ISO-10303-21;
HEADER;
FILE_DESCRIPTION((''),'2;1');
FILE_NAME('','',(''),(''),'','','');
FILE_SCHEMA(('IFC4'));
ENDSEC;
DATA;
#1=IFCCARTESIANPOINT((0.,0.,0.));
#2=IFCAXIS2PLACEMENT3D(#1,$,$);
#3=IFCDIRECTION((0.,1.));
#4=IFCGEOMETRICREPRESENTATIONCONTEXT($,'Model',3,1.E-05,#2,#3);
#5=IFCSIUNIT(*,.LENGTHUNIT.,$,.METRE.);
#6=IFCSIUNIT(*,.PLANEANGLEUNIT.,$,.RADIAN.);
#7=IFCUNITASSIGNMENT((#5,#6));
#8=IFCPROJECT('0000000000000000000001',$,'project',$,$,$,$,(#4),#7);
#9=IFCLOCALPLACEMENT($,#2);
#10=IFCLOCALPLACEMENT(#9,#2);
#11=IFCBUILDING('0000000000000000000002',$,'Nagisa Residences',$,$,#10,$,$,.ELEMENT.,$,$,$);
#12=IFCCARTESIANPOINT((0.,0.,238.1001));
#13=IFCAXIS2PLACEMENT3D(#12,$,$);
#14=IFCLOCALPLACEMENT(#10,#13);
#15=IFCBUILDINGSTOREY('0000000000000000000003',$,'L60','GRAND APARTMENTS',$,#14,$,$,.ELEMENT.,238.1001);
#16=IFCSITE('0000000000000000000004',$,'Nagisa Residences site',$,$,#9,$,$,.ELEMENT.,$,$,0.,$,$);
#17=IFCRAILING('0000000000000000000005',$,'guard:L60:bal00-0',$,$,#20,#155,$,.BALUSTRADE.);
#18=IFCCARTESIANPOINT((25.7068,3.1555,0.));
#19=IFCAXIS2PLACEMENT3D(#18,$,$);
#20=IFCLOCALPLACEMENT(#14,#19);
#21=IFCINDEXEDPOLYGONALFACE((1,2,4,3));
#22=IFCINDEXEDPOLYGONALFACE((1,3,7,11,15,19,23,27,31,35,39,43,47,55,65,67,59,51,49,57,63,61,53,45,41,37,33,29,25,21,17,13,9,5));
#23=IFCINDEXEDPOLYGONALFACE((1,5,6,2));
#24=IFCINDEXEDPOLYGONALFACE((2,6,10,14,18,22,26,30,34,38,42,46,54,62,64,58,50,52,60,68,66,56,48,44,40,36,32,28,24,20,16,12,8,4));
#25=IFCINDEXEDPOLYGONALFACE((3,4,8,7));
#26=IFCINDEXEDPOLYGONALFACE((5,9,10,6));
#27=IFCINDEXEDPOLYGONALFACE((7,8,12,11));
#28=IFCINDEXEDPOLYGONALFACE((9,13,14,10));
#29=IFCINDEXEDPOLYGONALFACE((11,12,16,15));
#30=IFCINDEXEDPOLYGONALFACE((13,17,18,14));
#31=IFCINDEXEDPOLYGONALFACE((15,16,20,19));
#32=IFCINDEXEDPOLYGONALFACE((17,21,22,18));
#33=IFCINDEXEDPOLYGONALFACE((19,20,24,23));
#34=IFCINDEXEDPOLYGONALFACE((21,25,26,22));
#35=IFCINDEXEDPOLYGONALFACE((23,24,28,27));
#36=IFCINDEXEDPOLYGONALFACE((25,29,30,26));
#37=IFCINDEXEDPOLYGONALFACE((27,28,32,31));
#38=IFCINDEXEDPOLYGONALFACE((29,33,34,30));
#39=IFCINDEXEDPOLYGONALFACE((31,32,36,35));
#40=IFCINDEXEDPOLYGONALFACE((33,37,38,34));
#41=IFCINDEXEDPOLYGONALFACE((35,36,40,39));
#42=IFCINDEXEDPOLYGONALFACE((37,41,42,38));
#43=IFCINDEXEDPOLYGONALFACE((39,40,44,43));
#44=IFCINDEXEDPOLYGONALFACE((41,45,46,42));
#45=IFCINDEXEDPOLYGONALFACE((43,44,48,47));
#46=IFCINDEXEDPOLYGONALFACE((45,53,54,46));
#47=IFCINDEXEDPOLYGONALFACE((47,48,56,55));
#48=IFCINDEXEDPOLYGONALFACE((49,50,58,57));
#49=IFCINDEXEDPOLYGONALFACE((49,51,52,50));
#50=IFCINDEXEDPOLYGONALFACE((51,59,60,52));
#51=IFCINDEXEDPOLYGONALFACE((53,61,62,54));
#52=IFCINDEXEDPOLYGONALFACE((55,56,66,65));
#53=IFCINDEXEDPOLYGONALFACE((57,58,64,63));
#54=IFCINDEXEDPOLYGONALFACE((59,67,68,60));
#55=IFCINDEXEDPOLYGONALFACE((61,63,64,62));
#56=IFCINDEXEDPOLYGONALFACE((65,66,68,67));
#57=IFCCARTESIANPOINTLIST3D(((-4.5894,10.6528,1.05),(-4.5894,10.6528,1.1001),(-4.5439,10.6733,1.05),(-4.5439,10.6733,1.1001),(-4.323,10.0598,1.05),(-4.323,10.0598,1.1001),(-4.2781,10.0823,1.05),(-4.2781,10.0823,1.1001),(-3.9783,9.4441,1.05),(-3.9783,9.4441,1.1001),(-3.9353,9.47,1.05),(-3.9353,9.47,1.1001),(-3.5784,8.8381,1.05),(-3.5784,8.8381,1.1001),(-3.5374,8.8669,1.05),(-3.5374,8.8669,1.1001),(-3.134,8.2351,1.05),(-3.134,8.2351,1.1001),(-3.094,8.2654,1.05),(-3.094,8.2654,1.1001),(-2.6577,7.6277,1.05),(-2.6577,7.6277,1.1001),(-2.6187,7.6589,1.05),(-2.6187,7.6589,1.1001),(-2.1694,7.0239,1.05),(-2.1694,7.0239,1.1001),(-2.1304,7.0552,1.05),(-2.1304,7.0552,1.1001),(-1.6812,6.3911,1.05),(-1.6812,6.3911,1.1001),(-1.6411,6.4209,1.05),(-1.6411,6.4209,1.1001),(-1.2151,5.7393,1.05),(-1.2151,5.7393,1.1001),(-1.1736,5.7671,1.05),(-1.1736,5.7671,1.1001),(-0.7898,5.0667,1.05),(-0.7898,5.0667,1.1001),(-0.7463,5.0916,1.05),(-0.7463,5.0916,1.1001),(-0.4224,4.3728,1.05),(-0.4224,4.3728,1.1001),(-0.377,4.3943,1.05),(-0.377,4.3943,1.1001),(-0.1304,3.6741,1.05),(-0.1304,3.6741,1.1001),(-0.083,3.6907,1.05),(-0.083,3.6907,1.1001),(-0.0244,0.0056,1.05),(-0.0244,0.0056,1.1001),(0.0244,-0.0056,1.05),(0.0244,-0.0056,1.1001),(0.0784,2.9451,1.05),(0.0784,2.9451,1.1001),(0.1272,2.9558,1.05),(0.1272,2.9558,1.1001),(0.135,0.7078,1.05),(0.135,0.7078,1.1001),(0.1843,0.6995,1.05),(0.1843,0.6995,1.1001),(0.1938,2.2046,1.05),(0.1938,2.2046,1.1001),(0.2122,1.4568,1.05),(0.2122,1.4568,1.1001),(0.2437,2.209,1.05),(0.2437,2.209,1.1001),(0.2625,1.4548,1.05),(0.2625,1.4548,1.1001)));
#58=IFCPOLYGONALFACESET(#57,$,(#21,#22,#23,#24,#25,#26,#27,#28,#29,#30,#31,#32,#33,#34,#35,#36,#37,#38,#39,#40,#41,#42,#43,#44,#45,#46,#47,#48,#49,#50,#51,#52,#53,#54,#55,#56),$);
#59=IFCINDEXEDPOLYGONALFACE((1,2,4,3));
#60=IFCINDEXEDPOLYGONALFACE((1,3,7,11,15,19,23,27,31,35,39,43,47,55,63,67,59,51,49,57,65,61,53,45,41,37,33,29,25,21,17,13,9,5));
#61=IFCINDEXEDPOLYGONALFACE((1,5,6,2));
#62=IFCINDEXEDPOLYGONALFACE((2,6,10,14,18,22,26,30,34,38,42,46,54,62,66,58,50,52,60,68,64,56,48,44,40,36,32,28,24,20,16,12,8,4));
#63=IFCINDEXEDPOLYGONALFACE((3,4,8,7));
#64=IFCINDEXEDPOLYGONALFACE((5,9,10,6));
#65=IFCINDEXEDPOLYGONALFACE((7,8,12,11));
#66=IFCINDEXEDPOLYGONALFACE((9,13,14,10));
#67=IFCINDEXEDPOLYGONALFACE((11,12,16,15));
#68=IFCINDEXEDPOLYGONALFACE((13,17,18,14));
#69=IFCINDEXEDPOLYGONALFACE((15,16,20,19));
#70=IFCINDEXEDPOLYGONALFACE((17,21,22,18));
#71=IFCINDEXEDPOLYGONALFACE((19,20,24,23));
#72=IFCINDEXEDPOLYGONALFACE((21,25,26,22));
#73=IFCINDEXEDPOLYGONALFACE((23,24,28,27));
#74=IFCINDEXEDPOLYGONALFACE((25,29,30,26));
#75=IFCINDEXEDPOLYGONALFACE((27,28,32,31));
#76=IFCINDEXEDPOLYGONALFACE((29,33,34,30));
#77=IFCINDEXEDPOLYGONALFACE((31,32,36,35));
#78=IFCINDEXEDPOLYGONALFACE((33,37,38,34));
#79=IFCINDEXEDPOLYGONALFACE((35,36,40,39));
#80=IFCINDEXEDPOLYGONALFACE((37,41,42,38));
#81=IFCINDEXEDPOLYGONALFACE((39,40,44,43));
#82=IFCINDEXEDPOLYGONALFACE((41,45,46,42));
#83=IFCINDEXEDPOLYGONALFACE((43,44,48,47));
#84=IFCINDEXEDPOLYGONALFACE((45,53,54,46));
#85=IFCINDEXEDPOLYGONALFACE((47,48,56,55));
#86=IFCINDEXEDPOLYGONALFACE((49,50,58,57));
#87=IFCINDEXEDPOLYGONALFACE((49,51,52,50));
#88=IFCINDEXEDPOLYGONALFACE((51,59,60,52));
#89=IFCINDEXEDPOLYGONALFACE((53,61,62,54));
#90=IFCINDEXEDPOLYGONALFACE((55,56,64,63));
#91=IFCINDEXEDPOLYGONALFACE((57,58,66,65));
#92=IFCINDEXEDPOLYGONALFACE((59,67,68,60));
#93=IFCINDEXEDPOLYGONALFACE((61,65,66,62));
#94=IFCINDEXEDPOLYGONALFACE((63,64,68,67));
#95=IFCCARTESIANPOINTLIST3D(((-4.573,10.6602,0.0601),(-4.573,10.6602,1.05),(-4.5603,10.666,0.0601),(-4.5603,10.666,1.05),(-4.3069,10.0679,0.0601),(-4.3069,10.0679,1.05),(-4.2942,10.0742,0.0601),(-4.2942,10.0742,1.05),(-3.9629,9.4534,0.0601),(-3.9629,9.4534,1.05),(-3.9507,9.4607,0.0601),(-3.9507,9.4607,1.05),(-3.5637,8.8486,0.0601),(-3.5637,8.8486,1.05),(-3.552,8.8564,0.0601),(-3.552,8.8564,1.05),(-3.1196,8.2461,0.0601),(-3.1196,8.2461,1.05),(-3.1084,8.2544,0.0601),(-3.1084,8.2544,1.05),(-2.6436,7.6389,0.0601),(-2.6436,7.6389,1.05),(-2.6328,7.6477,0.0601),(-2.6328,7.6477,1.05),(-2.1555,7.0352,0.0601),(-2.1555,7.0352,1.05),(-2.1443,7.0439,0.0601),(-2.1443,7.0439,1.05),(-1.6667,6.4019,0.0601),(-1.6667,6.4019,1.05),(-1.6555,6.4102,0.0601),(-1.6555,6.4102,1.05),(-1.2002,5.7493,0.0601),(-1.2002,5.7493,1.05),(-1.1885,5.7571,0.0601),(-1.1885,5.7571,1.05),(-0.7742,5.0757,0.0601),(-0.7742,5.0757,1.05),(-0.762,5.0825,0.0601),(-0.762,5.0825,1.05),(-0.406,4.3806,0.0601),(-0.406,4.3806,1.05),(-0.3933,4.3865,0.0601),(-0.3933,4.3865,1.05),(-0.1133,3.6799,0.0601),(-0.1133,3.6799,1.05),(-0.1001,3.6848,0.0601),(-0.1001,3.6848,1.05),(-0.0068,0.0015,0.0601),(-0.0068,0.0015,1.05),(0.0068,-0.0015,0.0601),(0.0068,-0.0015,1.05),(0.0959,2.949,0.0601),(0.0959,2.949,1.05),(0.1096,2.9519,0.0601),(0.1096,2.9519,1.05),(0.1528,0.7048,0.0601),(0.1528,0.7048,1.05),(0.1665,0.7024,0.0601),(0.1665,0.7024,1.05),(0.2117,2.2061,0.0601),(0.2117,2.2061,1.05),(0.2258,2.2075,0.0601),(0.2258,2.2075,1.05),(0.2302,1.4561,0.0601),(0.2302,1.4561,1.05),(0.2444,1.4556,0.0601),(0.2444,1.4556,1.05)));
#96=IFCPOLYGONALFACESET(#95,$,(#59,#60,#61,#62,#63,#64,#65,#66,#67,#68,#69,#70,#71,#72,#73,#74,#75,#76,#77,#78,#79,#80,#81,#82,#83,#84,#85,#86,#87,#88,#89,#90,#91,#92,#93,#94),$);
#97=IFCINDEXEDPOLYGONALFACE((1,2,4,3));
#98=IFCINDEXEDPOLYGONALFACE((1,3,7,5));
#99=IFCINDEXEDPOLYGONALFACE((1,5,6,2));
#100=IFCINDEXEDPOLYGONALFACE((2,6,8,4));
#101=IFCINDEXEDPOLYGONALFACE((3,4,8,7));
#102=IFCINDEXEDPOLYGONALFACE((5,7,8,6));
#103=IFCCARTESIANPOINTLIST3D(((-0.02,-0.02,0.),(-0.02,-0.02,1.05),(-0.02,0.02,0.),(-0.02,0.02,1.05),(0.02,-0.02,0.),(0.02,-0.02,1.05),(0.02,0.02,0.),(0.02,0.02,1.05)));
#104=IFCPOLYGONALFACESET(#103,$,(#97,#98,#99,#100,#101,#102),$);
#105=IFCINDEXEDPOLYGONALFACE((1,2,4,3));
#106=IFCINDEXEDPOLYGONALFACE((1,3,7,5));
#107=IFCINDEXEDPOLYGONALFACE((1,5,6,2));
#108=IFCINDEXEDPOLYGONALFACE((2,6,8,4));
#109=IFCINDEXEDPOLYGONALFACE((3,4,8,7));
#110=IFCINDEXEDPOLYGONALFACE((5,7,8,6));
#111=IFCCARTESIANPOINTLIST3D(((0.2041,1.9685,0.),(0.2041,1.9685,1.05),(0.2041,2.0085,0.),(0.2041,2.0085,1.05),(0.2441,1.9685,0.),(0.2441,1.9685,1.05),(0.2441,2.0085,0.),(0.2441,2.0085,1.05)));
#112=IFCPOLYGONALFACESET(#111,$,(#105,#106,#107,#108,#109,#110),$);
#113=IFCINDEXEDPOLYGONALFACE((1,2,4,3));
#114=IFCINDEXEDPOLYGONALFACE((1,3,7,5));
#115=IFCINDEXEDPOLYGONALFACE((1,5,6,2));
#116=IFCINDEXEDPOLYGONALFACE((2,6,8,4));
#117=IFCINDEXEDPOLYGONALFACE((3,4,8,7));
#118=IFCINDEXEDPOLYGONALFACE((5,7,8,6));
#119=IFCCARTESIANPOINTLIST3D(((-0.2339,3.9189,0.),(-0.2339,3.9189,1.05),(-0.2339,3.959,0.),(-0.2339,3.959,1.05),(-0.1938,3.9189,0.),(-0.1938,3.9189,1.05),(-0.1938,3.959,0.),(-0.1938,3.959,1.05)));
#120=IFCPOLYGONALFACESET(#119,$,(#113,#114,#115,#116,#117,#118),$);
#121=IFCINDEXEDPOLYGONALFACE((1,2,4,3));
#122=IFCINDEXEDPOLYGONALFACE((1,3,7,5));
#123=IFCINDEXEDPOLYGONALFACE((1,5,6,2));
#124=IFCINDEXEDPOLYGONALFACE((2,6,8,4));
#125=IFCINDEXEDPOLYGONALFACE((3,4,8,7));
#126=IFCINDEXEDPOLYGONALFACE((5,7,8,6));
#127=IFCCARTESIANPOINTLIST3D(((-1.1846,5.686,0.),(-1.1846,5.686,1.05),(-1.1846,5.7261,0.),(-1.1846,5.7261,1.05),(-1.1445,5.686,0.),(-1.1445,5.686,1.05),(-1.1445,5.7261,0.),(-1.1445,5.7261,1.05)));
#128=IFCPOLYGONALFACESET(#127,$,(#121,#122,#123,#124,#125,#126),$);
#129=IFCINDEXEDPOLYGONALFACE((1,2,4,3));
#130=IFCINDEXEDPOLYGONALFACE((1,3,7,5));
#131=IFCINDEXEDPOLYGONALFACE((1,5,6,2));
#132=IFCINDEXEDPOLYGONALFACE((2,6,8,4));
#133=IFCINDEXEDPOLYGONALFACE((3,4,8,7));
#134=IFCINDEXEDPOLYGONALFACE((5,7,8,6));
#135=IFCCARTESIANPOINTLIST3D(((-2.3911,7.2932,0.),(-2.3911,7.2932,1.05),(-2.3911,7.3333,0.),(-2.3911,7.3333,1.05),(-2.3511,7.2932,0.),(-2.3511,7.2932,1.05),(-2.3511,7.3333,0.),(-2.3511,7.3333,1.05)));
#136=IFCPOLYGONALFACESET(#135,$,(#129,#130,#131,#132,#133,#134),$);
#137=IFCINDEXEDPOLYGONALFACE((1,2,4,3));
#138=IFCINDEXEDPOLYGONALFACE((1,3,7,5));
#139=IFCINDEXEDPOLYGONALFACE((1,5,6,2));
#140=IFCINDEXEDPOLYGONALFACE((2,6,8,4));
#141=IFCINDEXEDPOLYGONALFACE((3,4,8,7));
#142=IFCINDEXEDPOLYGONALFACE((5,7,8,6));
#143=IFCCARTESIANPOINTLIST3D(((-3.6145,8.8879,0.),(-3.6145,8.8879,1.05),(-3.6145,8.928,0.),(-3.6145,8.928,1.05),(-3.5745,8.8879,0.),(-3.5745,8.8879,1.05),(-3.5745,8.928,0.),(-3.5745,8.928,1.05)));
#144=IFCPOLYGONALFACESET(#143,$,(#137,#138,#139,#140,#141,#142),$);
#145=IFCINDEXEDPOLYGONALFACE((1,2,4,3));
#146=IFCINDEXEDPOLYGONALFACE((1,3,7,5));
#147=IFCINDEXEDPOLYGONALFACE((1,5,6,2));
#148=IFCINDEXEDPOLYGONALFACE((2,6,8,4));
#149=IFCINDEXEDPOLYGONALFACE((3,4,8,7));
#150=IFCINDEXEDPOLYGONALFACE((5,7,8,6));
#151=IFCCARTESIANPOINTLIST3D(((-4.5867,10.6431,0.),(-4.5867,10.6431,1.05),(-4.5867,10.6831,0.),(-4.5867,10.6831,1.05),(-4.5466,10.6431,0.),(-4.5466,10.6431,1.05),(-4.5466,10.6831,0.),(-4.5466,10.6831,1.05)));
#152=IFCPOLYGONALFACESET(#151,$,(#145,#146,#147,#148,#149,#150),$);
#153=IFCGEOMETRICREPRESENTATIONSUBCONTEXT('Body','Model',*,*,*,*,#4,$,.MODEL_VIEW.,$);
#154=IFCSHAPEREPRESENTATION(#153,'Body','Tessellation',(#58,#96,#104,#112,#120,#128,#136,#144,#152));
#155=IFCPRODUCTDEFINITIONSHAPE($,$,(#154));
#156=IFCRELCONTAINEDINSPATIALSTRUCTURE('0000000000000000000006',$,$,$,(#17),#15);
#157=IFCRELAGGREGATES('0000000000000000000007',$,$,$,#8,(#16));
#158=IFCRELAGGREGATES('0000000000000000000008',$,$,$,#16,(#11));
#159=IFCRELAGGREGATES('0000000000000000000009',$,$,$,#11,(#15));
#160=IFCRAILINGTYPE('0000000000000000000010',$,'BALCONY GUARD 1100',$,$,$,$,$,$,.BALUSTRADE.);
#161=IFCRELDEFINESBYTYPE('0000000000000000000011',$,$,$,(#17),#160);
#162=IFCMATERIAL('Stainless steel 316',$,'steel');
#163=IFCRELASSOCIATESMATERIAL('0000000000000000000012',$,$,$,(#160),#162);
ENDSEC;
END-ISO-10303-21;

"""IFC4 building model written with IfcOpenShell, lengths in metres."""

from ifc_helpers import new_model, si_unit, direction, frame, origin, origin_2d, place, context, subcontext, project, spatial, polyline, rectangle, outline, extrude, material, type_object, element, save


model = new_model("IFC4")

# Units and contexts
model_context = context("Model", 3, precision=1e-05, world=origin(), true_north=direction((0.0, 1.0)))
body_context = subcontext(model_context, "Body", "Model", "MODEL_VIEW")
ifc_project = project(units=[si_unit("LENGTHUNIT", "METRE"), si_unit("PLANEANGLEUNIT", "RADIAN")], contexts=[model_context])

# Site, building, storey
site_placement = place(None, origin())
site = spatial("IfcSite", under=ifc_project, at=site_placement, Name="Nagisa Residences site", CompositionType="ELEMENT", RefElevation=0.0)
building_placement = place(site_placement, origin())
building = spatial("IfcBuilding", under=site, at=building_placement, Name="Nagisa Residences", CompositionType="ELEMENT")
storey_placement = place(building_placement, frame((0.0, 0.0, 238.1001)))
storey = spatial("IfcBuildingStorey", under=building, at=storey_placement, Name="L60", Description="GRAND APARTMENTS", CompositionType="ELEMENT", Elevation=238.1001)

# Railing
ifc_material_1 = material(Name="Stainless steel 316", Category="steel")
railing_type = type_object("IfcRailingType", Name="BALCONY GUARD 1100", PredefinedType="BALUSTRADE", material=ifc_material_1)
railing_placement = place(storey_placement, frame((25.7068, 3.1555, 0.0)))
element("IfcRailing", 1, at=railing_placement, inside=storey, type_object=railing_type, Name="guard:L60:bal00-0", PredefinedType="BALUSTRADE", context=body_context, shape_type="SweptSolid", body=[
    extrude(outline(polyline([(0.135, 0.7078), (-0.0244, 0.0056), (0.0244, -0.0056), (0.1843, 0.6995), (0.2625, 1.4548), (0.2437, 2.209), (0.1272, 2.9558), (-0.083, 3.6907), (-0.377, 4.3943), (-0.7463, 5.0916), (-1.1736, 5.7671), (-1.6411, 6.4209), (-2.1304, 7.0552), (-2.6187, 7.6589), (-3.094, 8.2654), (-3.5374, 8.8669), (-3.9353, 9.47), (-4.2781, 10.0823), (-4.5439, 10.6733), (-4.5894, 10.6528), (-4.323, 10.0598), (-3.9783, 9.4441), (-3.5784, 8.8381), (-3.134, 8.2351), (-2.6577, 7.6277), (-2.1694, 7.0239), (-1.6812, 6.3911), (-1.2151, 5.7393), (-0.7898, 5.0667), (-0.4224, 4.3728), (-0.1304, 3.6741), (0.0784, 2.9451), (0.1938, 2.2046), (0.2122, 1.4568), (0.135, 0.7078)])), frame((0.0, 0.0, 1.05)), (0.0, 0.0, 1.0), 0.05),
    extrude(outline(polyline([(0.1528, 0.7048), (-0.0068, 0.0015), (0.0068, -0.0015), (0.1665, 0.7024), (0.2444, 1.4556), (0.2258, 2.2075), (0.1096, 2.9519), (-0.1001, 3.6848), (-0.3933, 4.3865), (-0.762, 5.0825), (-1.1885, 5.7571), (-1.6555, 6.4102), (-2.1443, 7.0439), (-2.6328, 7.6477), (-3.1084, 8.2544), (-3.552, 8.8564), (-3.9507, 9.4607), (-4.2942, 10.0742), (-4.5603, 10.666), (-4.573, 10.6602), (-4.3069, 10.0679), (-3.9629, 9.4534), (-3.5637, 8.8486), (-3.1196, 8.2461), (-2.6436, 7.6389), (-2.1555, 7.0352), (-1.6667, 6.4019), (-1.2002, 5.7493), (-0.7742, 5.0757), (-0.406, 4.3806), (-0.1133, 3.6799), (0.0959, 2.949), (0.2117, 2.2061), (0.2302, 1.4561), (0.1528, 0.7048)])), frame((0.0, 0.0, 0.0601)), (0.0, 0.0, 1.0), 0.99),
    extrude(rectangle(XDim=0.04, YDim=0.04, at=origin_2d()), origin(), (0.0, 0.0, 1.0), 1.05),
    extrude(rectangle(XDim=0.04, YDim=0.04, at=origin_2d()), frame((0.2241, 1.9885, 0.0)), (0.0, 0.0, 1.0), 1.05),
    extrude(rectangle(XDim=0.04, YDim=0.04, at=origin_2d()), frame((-0.2139, 3.939, 0.0)), (0.0, 0.0, 1.0), 1.05),
    extrude(rectangle(XDim=0.04, YDim=0.04, at=origin_2d()), frame((-1.1646, 5.7061, 0.0)), (0.0, 0.0, 1.0), 1.05),
    extrude(rectangle(XDim=0.04, YDim=0.04, at=origin_2d()), frame((-2.3711, 7.3132, 0.0)), (0.0, 0.0, 1.0), 1.05),
    extrude(rectangle(XDim=0.04, YDim=0.04, at=origin_2d()), frame((-3.5945, 8.908, 0.0)), (0.0, 0.0, 1.0), 1.05),
    extrude(rectangle(XDim=0.04, YDim=0.04, at=origin_2d()), frame((-4.5667, 10.6631, 0.0)), (0.0, 0.0, 1.0), 1.05),
])

save(model, "model.ifc")
